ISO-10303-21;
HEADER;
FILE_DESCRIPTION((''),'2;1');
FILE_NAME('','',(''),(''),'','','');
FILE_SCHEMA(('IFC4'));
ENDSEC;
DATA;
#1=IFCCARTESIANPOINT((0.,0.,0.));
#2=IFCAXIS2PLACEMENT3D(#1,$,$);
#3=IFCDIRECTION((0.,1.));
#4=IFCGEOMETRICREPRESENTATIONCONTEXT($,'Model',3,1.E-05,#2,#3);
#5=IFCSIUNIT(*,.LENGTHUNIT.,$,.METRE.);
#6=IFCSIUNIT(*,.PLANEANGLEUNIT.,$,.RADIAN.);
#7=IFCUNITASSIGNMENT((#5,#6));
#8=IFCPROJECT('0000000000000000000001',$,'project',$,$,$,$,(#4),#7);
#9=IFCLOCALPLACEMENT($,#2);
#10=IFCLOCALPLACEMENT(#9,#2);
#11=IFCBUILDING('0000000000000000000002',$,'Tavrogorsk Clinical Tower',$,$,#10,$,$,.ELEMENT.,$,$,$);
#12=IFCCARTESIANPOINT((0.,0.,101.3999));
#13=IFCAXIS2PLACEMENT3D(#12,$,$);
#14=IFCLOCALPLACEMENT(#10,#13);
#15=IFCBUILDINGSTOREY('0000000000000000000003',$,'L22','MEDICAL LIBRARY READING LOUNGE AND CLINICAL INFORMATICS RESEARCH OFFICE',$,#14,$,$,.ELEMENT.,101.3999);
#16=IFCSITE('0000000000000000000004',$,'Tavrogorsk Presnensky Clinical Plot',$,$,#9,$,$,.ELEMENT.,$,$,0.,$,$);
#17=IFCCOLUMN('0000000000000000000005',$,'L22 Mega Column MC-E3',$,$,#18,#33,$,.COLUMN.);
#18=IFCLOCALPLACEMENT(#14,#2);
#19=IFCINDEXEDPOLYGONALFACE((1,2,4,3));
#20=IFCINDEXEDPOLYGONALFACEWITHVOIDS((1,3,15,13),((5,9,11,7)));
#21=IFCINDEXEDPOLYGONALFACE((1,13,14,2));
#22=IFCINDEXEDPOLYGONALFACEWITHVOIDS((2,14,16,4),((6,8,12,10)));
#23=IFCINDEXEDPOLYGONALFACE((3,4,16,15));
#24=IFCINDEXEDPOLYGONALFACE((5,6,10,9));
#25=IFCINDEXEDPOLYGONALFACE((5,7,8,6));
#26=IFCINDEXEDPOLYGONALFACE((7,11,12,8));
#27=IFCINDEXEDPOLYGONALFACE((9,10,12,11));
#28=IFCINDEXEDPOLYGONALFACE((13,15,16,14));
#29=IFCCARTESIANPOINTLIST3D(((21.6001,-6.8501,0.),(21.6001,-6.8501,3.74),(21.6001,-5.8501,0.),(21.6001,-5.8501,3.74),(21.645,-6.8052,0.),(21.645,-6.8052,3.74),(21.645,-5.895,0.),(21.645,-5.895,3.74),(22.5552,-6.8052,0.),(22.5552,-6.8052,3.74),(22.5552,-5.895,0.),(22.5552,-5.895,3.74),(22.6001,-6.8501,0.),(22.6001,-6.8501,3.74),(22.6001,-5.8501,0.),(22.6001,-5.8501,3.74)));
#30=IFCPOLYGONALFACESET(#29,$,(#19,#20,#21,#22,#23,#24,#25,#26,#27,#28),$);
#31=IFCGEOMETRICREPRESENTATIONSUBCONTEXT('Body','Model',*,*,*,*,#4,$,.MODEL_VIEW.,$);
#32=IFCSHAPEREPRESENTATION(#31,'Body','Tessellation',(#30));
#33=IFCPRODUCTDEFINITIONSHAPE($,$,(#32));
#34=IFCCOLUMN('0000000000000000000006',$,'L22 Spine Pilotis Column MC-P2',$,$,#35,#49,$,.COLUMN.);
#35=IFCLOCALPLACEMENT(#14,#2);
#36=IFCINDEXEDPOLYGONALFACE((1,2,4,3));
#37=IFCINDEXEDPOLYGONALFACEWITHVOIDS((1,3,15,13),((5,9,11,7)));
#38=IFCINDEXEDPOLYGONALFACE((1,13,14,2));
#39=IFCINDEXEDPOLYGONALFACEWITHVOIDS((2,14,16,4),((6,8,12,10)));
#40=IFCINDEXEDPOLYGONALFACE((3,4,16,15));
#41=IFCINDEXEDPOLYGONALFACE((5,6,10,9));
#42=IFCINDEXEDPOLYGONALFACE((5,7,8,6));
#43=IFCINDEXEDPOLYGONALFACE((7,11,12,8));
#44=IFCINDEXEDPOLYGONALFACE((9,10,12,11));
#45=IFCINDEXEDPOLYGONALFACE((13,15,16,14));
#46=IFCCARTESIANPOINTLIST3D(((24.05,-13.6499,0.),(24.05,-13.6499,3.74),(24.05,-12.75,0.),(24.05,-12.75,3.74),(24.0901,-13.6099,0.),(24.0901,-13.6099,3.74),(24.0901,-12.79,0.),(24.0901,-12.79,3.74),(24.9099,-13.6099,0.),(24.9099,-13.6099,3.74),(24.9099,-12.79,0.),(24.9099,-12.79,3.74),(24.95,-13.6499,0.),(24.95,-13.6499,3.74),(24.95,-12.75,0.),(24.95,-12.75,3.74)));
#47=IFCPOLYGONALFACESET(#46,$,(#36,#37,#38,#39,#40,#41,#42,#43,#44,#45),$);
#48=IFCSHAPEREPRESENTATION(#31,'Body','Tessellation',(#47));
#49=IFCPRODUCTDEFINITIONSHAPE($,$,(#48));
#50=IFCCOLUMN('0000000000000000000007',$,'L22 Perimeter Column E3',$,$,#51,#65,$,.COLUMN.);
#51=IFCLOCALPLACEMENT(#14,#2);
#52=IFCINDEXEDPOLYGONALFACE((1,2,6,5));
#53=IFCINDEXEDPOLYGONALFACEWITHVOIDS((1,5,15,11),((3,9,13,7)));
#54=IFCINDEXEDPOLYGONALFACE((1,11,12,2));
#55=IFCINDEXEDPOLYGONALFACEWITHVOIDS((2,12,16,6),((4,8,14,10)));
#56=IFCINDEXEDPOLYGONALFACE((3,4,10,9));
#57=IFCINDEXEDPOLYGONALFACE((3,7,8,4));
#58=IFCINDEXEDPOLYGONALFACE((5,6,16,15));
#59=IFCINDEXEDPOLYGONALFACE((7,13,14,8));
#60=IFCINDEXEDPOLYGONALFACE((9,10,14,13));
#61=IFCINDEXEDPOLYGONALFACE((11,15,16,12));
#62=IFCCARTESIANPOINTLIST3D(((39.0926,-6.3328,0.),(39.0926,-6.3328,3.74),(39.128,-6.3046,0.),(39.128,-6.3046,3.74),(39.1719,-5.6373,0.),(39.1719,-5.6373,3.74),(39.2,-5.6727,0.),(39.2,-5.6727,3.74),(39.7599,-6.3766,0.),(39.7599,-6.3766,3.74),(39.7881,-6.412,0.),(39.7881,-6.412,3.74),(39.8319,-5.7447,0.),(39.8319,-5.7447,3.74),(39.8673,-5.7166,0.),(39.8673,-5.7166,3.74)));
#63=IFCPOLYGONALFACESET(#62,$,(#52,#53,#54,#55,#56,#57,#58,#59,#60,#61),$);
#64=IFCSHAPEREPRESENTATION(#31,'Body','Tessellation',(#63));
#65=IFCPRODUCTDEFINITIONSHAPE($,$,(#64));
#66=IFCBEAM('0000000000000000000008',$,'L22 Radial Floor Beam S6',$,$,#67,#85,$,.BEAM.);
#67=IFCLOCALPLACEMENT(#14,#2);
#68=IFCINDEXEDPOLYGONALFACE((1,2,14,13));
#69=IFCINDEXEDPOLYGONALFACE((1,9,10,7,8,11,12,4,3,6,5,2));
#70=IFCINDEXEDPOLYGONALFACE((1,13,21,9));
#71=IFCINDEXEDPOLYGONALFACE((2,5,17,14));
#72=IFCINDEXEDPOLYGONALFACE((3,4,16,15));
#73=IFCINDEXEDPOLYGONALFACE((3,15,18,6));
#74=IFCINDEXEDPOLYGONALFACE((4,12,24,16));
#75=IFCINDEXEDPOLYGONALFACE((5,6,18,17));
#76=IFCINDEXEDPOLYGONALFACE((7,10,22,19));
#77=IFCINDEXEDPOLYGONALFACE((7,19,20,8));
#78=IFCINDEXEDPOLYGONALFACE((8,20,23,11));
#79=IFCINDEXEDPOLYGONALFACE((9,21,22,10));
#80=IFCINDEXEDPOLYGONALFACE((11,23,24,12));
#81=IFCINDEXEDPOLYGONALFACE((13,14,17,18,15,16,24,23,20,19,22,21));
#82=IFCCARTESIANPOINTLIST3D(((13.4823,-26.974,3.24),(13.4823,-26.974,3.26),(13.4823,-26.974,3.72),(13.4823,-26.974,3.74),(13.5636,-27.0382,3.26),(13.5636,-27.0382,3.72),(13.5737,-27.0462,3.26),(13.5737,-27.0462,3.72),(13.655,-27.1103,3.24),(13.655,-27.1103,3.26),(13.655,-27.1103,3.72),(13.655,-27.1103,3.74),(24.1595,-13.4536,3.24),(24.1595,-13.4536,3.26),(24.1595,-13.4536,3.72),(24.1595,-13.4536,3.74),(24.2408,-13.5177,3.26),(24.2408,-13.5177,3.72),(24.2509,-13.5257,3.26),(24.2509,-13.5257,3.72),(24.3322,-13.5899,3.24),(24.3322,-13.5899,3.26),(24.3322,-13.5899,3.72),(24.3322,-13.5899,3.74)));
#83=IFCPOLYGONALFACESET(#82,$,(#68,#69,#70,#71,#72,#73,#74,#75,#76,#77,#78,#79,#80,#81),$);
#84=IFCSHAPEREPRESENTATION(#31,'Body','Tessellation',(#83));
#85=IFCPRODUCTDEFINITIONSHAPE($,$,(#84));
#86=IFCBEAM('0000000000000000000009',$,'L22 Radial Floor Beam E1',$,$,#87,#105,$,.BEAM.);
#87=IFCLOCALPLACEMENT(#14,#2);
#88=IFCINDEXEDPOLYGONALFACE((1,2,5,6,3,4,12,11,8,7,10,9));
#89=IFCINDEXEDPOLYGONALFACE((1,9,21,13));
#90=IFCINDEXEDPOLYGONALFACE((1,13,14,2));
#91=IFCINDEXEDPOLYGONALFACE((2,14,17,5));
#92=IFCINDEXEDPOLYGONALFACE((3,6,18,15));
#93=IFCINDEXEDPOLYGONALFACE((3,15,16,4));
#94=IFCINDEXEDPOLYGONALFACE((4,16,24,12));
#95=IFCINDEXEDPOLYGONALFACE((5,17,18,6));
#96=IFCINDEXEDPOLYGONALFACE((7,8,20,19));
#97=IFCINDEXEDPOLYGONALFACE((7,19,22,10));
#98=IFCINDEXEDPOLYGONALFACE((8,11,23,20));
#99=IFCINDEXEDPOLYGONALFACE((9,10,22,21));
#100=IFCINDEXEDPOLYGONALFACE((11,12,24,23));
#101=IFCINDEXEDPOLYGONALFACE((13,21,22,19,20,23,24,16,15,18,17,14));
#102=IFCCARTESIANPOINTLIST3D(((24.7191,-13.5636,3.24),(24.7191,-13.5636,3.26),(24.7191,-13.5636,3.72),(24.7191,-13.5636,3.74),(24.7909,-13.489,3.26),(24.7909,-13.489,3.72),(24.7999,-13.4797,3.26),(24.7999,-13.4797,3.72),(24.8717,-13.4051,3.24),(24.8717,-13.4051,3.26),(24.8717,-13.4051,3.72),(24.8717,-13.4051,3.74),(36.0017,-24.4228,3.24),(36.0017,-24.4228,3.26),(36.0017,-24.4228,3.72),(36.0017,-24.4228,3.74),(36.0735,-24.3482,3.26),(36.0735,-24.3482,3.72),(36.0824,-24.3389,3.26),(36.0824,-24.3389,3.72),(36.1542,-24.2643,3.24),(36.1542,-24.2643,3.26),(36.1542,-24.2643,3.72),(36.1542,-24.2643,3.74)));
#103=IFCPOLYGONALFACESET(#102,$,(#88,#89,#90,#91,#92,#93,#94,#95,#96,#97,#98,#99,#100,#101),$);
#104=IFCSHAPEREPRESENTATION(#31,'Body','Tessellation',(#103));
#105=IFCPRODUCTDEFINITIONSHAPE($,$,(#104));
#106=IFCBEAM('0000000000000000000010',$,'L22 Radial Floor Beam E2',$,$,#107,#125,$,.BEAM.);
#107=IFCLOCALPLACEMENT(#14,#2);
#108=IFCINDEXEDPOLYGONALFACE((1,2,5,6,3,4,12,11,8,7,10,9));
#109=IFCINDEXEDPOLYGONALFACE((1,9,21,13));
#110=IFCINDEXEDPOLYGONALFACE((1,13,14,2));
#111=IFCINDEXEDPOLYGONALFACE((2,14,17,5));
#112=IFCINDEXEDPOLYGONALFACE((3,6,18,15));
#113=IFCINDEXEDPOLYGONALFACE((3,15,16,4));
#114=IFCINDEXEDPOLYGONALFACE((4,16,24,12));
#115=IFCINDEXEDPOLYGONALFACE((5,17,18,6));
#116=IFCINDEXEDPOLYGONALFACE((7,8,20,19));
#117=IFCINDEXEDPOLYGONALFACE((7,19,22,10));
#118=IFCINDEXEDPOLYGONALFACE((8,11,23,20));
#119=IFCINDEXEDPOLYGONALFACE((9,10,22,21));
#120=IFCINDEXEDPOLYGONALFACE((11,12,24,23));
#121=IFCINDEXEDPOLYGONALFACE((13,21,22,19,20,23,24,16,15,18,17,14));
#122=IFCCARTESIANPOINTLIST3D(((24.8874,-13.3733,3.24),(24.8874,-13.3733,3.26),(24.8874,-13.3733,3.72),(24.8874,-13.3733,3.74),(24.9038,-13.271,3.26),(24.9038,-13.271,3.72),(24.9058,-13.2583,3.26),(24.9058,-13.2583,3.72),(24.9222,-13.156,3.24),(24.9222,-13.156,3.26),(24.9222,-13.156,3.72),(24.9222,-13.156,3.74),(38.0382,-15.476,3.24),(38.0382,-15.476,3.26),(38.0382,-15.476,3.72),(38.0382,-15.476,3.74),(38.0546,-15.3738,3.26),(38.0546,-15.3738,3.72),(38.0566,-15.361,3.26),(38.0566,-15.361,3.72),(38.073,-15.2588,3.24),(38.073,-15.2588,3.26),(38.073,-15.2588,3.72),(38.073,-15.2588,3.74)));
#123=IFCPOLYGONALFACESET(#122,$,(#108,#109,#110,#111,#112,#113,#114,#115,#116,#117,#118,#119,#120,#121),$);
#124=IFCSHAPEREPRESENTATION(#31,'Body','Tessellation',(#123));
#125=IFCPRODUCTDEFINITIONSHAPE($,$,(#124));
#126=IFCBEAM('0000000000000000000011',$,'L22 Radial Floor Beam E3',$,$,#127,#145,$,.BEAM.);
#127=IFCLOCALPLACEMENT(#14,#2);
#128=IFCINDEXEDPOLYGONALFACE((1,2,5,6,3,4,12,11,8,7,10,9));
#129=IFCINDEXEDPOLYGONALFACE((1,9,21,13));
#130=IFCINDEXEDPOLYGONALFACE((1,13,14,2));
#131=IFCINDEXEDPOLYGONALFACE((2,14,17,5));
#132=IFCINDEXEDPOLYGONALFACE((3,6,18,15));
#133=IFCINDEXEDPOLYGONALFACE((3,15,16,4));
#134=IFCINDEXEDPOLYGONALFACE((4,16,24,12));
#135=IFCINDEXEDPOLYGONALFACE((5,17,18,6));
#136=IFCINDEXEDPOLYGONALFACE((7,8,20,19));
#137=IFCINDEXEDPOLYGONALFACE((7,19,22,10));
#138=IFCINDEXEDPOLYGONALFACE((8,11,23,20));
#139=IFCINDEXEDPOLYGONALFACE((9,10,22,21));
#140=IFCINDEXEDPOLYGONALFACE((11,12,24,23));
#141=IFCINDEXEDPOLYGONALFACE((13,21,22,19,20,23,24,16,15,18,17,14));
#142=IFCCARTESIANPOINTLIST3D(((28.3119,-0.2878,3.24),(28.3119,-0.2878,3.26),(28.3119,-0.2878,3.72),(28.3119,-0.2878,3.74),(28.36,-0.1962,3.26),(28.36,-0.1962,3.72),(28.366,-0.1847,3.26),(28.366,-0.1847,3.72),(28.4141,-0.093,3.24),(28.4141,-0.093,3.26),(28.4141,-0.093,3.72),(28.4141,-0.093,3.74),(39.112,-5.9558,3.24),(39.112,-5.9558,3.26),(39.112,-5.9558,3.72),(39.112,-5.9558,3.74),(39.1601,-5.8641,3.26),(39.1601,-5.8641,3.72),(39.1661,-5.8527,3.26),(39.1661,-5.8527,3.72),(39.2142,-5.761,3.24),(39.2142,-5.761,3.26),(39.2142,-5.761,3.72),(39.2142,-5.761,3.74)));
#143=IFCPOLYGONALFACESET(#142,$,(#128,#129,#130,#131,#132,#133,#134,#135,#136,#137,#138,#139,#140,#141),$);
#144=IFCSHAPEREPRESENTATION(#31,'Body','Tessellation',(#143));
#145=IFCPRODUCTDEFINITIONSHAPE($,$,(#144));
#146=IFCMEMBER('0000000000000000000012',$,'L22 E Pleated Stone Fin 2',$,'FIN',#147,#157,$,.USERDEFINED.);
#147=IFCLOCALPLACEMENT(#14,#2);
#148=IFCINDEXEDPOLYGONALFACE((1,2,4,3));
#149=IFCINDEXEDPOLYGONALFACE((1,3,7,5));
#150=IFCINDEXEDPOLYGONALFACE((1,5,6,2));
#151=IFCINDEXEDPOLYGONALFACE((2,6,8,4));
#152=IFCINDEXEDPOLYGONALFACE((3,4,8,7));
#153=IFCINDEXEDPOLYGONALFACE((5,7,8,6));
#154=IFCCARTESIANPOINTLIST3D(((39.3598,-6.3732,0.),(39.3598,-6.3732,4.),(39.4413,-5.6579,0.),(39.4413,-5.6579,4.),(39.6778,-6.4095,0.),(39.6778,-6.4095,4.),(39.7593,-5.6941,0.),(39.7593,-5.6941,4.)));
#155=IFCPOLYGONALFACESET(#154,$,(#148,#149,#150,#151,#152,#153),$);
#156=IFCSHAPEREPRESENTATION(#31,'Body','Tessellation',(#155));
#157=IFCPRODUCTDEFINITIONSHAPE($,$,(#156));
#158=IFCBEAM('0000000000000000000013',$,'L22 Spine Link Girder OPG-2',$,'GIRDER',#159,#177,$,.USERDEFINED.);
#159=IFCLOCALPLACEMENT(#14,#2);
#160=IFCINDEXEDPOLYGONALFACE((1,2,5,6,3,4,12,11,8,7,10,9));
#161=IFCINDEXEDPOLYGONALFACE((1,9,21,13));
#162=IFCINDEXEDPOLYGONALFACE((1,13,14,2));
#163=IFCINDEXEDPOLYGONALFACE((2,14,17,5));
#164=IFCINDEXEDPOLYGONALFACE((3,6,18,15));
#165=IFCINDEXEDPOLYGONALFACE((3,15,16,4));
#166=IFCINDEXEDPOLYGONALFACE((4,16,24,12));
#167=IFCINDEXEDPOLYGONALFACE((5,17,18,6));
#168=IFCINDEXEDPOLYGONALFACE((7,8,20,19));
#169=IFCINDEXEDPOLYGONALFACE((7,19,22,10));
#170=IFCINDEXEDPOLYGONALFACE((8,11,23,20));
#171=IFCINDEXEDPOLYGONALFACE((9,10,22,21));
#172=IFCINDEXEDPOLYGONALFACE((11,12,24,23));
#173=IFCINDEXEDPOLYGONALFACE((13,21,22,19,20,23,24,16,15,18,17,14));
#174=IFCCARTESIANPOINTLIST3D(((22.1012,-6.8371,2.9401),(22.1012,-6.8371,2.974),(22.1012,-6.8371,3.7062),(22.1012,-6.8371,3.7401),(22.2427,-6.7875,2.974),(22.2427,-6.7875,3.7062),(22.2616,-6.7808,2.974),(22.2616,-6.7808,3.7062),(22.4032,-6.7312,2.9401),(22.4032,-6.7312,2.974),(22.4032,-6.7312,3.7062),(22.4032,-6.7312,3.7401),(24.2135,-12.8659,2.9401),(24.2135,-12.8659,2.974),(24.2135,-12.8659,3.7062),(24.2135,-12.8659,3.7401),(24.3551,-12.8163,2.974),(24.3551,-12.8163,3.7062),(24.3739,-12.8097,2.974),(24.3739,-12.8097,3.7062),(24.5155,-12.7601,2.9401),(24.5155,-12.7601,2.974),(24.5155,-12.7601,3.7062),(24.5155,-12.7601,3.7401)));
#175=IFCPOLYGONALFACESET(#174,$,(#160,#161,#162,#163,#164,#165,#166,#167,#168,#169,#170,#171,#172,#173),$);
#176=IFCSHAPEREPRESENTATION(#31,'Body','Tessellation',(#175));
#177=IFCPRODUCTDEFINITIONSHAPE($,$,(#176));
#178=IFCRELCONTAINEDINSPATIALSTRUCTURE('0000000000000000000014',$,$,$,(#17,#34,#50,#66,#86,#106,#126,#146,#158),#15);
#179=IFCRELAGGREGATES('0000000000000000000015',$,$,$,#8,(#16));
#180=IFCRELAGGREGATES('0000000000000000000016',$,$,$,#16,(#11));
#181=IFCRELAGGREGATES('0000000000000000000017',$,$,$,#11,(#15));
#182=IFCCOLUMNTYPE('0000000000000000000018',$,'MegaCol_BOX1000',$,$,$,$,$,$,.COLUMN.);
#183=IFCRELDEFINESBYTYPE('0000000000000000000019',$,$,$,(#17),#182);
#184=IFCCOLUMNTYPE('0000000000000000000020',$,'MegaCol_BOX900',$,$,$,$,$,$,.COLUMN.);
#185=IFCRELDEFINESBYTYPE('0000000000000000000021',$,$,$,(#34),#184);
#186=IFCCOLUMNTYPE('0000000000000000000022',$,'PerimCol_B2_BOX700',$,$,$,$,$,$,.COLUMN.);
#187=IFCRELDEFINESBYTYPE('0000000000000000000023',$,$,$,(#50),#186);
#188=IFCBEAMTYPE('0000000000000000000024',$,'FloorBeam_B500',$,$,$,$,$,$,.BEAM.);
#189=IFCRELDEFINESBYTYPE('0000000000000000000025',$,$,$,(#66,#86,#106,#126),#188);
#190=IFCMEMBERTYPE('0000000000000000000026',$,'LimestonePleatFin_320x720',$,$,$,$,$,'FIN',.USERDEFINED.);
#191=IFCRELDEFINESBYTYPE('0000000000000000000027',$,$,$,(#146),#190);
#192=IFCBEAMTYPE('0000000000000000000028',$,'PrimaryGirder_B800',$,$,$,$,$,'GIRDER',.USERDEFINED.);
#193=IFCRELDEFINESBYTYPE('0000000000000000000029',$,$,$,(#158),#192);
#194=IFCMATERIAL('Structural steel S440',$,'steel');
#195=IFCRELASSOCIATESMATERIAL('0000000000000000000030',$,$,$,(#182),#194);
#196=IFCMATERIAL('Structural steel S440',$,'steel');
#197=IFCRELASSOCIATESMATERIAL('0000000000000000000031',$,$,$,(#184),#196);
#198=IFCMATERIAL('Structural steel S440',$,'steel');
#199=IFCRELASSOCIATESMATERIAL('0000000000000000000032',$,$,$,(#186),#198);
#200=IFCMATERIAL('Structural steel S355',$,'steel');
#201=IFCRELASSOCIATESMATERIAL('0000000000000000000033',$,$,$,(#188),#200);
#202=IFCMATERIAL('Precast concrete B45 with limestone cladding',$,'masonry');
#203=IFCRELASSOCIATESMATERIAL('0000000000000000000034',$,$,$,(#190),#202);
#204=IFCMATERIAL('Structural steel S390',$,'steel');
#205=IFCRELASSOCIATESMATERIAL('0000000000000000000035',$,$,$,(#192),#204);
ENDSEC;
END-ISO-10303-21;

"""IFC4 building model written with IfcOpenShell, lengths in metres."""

from ifc_helpers import new_model, si_unit, direction, frame, origin, origin_2d, place, context, subcontext, project, spatial, rectangle, hollow_rectangle, i_section, extrude, material, material_profile, profile_set, type_object, element, save


model = new_model("IFC4")

# Units and contexts
model_context = context("Model", 3, precision=1e-05, world=origin(), true_north=direction((0.0, 1.0)))
body_context = subcontext(model_context, "Body", "Model", "MODEL_VIEW")
ifc_project = project(units=[si_unit("LENGTHUNIT", "METRE"), si_unit("PLANEANGLEUNIT", "RADIAN")], contexts=[model_context])

# Site, building, storey
site_placement = place(None, origin())
site = spatial("IfcSite", under=ifc_project, at=site_placement, Name="Tavrogorsk Presnensky Clinical Plot", CompositionType="ELEMENT", RefElevation=0.0)
building_placement = place(site_placement, origin())
building = spatial("IfcBuilding", under=site, at=building_placement, Name="Tavrogorsk Clinical Tower", CompositionType="ELEMENT")
storey_placement = place(building_placement, frame((0.0, 0.0, 101.3999)))
storey = spatial("IfcBuildingStorey", under=building, at=storey_placement, Name="L22", Description="MEDICAL LIBRARY READING LOUNGE AND CLINICAL INFORMATICS RESEARCH OFFICE", CompositionType="ELEMENT", Elevation=101.3999)

# Columns
ifc_material_1 = material(Name="Structural steel S440", Category="steel")
ifc_material_profile_1 = material_profile(ifc_material_1, hollow_rectangle(XDim=1.0, YDim=1.0, WallThickness=0.0449, at=origin_2d()), Name="BOX-1000x1000x45")
ifc_profile_set_1 = profile_set([ifc_material_profile_1], Name="Structural steel S440")
column_type_1 = type_object("IfcColumnType", Name="MegaCol_BOX1000", PredefinedType="COLUMN", material=ifc_profile_set_1)
column_1_placement = place(storey_placement, frame((22.1001, -6.3501, 0.0), z_axis=(0.0, 0.0, 1.0), x_axis=(1.0, 0.0, 0.0)))
element("IfcColumn", 1, at=column_1_placement, inside=storey, type_object=column_type_1, Name="L22 Mega Column MC-E3", PredefinedType="COLUMN", context=body_context, shape_type="SweptSolid", body=[
    extrude(hollow_rectangle(XDim=1.0, YDim=1.0, WallThickness=0.0449, at=origin_2d()), origin(), (0.0, 0.0, 1.0), 3.74),
])
ifc_material_2 = material(Name="Structural steel S440", Category="steel")
ifc_material_profile_2 = material_profile(ifc_material_2, hollow_rectangle(XDim=0.8999, YDim=0.8999, WallThickness=0.04, at=origin_2d()), Name="BOX-900x900x40")
ifc_profile_set_2 = profile_set([ifc_material_profile_2], Name="Structural steel S440")
column_type_2 = type_object("IfcColumnType", Name="MegaCol_BOX900", PredefinedType="COLUMN", material=ifc_profile_set_2)
column_2_placement = place(storey_placement, frame((24.5, -13.2, 0.0), z_axis=(0.0, 0.0, 1.0), x_axis=(1.0, 0.0, 0.0)))
element("IfcColumn", 2, at=column_2_placement, inside=storey, type_object=column_type_2, Name="L22 Spine Pilotis Column MC-P2", PredefinedType="COLUMN", context=body_context, shape_type="SweptSolid", body=[
    extrude(hollow_rectangle(XDim=0.8999, YDim=0.8999, WallThickness=0.04, at=origin_2d()), origin(), (0.0, 0.0, 1.0), 3.74),
])
ifc_material_3 = material(Name="Structural steel S440", Category="steel")
ifc_material_profile_3 = material_profile(ifc_material_3, hollow_rectangle(XDim=0.7, YDim=0.7, WallThickness=0.032, at=origin_2d()), Name="BOX-700x700x32")
ifc_profile_set_3 = profile_set([ifc_material_profile_3], Name="Structural steel S440")
column_type_3 = type_object("IfcColumnType", Name="PerimCol_B2_BOX700", PredefinedType="COLUMN", material=ifc_profile_set_3)
column_3_placement = place(storey_placement, frame((39.48, -6.0247, 0.0), z_axis=(0.0, 0.0, 1.0), x_axis=(0.993572, -0.113203, 0.0)))
element("IfcColumn", 3, at=column_3_placement, inside=storey, type_object=column_type_3, Name="L22 Perimeter Column E3", PredefinedType="COLUMN", context=body_context, shape_type="SweptSolid", body=[
    extrude(hollow_rectangle(XDim=0.7, YDim=0.7, WallThickness=0.032, at=origin_2d()), origin(), (0.0, 0.0, 1.0), 3.74),
])

# Beams
ifc_material_4 = material(Name="Structural steel S355", Category="steel")
ifc_material_profile_4 = material_profile(ifc_material_4, i_section(OverallWidth=0.22, OverallDepth=0.5, WebThickness=0.0129, FlangeThickness=0.02, at=origin_2d()), Name="B-500x220x13x20")
ifc_profile_set_4 = profile_set([ifc_material_profile_4], Name="Structural steel S355")
beam_type_1 = type_object("IfcBeamType", Name="FloorBeam_B500", PredefinedType="BEAM", material=ifc_profile_set_4)
beam_1_placement = place(storey_placement, frame((24.2458, -13.5217, 3.49), z_axis=(-0.619757, -0.784794, 0.0), x_axis=(0.784794, -0.619757, 0.0)))
element("IfcBeam", 4, at=beam_1_placement, inside=storey, type_object=beam_type_1, Name="L22 Radial Floor Beam S6", PredefinedType="BEAM", context=body_context, shape_type="SweptSolid", body=[
    extrude(i_section(OverallWidth=0.22, OverallDepth=0.5, WebThickness=0.0129, FlangeThickness=0.02, at=origin_2d()), origin(), (0.0, 0.0, 1.0), 17.228),
])
beam_2_placement = place(storey_placement, frame((24.7954, -13.4844, 3.49), z_axis=(0.720495, -0.69346, 0.0), x_axis=(0.69346, 0.720495, 0.0)))
element("IfcBeam", 5, at=beam_2_placement, inside=storey, type_object=beam_type_1, Name="L22 Radial Floor Beam E1", PredefinedType="BEAM", context=body_context, shape_type="SweptSolid", body=[
    extrude(i_section(OverallWidth=0.22, OverallDepth=0.5, WebThickness=0.0129, FlangeThickness=0.02, at=origin_2d()), origin(), (0.0, 0.0, 1.0), 15.6594),
])
beam_3_placement = place(storey_placement, frame((24.9048, -13.2646, 3.49), z_axis=(0.987457, -0.157891, 0.0), x_axis=(0.157891, 0.987457, 0.0)))
element("IfcBeam", 6, at=beam_3_placement, inside=storey, type_object=beam_type_1, Name="L22 Radial Floor Beam E2", PredefinedType="BEAM", context=body_context, shape_type="SweptSolid", body=[
    extrude(i_section(OverallWidth=0.22, OverallDepth=0.5, WebThickness=0.0129, FlangeThickness=0.02, at=origin_2d()), origin(), (0.0, 0.0, 1.0), 13.3179),
])
beam_4_placement = place(storey_placement, frame((28.363, -0.1904, 3.49), z_axis=(0.885467, -0.464702, 0.0), x_axis=(0.464702, 0.885467, 0.0)))
element("IfcBeam", 7, at=beam_4_placement, inside=storey, type_object=beam_type_1, Name="L22 Radial Floor Beam E3", PredefinedType="BEAM", context=body_context, shape_type="SweptSolid", body=[
    extrude(i_section(OverallWidth=0.22, OverallDepth=0.5, WebThickness=0.0129, FlangeThickness=0.02, at=origin_2d()), origin(), (0.0, 0.0, 1.0), 12.197),
])

# Member
ifc_material_5 = material(Name="Precast concrete B45 with limestone cladding", Category="masonry")
ifc_material_profile_5 = material_profile(ifc_material_5, rectangle(XDim=0.3201, YDim=0.72, at=origin_2d()), Name="LIMESTONE-FIN-320x720")
ifc_profile_set_5 = profile_set([ifc_material_profile_5], Name="Precast concrete B45 with limestone cladding")
member_type = type_object("IfcMemberType", Name="LimestonePleatFin_320x720", ElementType="FIN", PredefinedType="USERDEFINED", material=ifc_profile_set_5)
member_placement = place(storey_placement, frame((39.5596, -6.0337, 0.0), z_axis=(0.0, 0.0, 1.0), x_axis=(0.993572, -0.113203, 0.0)))
element("IfcMember", 8, at=member_placement, inside=storey, type_object=member_type, Name="L22 E Pleated Stone Fin 2", ObjectType="FIN", PredefinedType="USERDEFINED", context=body_context, shape_type="SweptSolid", body=[
    extrude(rectangle(XDim=0.3201, YDim=0.72, at=origin_2d()), origin(), (0.0, 0.0, 1.0), 4.0),
])

# Beam
ifc_material_6 = material(Name="Structural steel S390", Category="steel")
ifc_material_profile_6 = material_profile(ifc_material_6, i_section(OverallWidth=0.3201, OverallDepth=0.8, WebThickness=0.02, FlangeThickness=0.0339, at=origin_2d()), Name="B-800x320x20x34")
ifc_profile_set_6 = profile_set([ifc_material_profile_6], Name="Structural steel S390")
beam_type_2 = type_object("IfcBeamType", Name="PrimaryGirder_B800", ElementType="GIRDER", PredefinedType="USERDEFINED", material=ifc_profile_set_6)
beam_5_placement = place(storey_placement, frame((24.3645, -12.813, 3.3401), z_axis=(-0.33066, 0.94375, 0.0), x_axis=(-0.94375, -0.33066, 0.0)))
element("IfcBeam", 9, at=beam_5_placement, inside=storey, type_object=beam_type_2, Name="L22 Spine Link Girder OPG-2", ObjectType="GIRDER", PredefinedType="USERDEFINED", context=body_context, shape_type="SweptSolid", body=[
    extrude(i_section(OverallWidth=0.3201, OverallDepth=0.8, WebThickness=0.02, FlangeThickness=0.0339, at=origin_2d()), origin(), (0.0, 0.0, 1.0), 6.3882),
])

save(model, "model.ifc")
